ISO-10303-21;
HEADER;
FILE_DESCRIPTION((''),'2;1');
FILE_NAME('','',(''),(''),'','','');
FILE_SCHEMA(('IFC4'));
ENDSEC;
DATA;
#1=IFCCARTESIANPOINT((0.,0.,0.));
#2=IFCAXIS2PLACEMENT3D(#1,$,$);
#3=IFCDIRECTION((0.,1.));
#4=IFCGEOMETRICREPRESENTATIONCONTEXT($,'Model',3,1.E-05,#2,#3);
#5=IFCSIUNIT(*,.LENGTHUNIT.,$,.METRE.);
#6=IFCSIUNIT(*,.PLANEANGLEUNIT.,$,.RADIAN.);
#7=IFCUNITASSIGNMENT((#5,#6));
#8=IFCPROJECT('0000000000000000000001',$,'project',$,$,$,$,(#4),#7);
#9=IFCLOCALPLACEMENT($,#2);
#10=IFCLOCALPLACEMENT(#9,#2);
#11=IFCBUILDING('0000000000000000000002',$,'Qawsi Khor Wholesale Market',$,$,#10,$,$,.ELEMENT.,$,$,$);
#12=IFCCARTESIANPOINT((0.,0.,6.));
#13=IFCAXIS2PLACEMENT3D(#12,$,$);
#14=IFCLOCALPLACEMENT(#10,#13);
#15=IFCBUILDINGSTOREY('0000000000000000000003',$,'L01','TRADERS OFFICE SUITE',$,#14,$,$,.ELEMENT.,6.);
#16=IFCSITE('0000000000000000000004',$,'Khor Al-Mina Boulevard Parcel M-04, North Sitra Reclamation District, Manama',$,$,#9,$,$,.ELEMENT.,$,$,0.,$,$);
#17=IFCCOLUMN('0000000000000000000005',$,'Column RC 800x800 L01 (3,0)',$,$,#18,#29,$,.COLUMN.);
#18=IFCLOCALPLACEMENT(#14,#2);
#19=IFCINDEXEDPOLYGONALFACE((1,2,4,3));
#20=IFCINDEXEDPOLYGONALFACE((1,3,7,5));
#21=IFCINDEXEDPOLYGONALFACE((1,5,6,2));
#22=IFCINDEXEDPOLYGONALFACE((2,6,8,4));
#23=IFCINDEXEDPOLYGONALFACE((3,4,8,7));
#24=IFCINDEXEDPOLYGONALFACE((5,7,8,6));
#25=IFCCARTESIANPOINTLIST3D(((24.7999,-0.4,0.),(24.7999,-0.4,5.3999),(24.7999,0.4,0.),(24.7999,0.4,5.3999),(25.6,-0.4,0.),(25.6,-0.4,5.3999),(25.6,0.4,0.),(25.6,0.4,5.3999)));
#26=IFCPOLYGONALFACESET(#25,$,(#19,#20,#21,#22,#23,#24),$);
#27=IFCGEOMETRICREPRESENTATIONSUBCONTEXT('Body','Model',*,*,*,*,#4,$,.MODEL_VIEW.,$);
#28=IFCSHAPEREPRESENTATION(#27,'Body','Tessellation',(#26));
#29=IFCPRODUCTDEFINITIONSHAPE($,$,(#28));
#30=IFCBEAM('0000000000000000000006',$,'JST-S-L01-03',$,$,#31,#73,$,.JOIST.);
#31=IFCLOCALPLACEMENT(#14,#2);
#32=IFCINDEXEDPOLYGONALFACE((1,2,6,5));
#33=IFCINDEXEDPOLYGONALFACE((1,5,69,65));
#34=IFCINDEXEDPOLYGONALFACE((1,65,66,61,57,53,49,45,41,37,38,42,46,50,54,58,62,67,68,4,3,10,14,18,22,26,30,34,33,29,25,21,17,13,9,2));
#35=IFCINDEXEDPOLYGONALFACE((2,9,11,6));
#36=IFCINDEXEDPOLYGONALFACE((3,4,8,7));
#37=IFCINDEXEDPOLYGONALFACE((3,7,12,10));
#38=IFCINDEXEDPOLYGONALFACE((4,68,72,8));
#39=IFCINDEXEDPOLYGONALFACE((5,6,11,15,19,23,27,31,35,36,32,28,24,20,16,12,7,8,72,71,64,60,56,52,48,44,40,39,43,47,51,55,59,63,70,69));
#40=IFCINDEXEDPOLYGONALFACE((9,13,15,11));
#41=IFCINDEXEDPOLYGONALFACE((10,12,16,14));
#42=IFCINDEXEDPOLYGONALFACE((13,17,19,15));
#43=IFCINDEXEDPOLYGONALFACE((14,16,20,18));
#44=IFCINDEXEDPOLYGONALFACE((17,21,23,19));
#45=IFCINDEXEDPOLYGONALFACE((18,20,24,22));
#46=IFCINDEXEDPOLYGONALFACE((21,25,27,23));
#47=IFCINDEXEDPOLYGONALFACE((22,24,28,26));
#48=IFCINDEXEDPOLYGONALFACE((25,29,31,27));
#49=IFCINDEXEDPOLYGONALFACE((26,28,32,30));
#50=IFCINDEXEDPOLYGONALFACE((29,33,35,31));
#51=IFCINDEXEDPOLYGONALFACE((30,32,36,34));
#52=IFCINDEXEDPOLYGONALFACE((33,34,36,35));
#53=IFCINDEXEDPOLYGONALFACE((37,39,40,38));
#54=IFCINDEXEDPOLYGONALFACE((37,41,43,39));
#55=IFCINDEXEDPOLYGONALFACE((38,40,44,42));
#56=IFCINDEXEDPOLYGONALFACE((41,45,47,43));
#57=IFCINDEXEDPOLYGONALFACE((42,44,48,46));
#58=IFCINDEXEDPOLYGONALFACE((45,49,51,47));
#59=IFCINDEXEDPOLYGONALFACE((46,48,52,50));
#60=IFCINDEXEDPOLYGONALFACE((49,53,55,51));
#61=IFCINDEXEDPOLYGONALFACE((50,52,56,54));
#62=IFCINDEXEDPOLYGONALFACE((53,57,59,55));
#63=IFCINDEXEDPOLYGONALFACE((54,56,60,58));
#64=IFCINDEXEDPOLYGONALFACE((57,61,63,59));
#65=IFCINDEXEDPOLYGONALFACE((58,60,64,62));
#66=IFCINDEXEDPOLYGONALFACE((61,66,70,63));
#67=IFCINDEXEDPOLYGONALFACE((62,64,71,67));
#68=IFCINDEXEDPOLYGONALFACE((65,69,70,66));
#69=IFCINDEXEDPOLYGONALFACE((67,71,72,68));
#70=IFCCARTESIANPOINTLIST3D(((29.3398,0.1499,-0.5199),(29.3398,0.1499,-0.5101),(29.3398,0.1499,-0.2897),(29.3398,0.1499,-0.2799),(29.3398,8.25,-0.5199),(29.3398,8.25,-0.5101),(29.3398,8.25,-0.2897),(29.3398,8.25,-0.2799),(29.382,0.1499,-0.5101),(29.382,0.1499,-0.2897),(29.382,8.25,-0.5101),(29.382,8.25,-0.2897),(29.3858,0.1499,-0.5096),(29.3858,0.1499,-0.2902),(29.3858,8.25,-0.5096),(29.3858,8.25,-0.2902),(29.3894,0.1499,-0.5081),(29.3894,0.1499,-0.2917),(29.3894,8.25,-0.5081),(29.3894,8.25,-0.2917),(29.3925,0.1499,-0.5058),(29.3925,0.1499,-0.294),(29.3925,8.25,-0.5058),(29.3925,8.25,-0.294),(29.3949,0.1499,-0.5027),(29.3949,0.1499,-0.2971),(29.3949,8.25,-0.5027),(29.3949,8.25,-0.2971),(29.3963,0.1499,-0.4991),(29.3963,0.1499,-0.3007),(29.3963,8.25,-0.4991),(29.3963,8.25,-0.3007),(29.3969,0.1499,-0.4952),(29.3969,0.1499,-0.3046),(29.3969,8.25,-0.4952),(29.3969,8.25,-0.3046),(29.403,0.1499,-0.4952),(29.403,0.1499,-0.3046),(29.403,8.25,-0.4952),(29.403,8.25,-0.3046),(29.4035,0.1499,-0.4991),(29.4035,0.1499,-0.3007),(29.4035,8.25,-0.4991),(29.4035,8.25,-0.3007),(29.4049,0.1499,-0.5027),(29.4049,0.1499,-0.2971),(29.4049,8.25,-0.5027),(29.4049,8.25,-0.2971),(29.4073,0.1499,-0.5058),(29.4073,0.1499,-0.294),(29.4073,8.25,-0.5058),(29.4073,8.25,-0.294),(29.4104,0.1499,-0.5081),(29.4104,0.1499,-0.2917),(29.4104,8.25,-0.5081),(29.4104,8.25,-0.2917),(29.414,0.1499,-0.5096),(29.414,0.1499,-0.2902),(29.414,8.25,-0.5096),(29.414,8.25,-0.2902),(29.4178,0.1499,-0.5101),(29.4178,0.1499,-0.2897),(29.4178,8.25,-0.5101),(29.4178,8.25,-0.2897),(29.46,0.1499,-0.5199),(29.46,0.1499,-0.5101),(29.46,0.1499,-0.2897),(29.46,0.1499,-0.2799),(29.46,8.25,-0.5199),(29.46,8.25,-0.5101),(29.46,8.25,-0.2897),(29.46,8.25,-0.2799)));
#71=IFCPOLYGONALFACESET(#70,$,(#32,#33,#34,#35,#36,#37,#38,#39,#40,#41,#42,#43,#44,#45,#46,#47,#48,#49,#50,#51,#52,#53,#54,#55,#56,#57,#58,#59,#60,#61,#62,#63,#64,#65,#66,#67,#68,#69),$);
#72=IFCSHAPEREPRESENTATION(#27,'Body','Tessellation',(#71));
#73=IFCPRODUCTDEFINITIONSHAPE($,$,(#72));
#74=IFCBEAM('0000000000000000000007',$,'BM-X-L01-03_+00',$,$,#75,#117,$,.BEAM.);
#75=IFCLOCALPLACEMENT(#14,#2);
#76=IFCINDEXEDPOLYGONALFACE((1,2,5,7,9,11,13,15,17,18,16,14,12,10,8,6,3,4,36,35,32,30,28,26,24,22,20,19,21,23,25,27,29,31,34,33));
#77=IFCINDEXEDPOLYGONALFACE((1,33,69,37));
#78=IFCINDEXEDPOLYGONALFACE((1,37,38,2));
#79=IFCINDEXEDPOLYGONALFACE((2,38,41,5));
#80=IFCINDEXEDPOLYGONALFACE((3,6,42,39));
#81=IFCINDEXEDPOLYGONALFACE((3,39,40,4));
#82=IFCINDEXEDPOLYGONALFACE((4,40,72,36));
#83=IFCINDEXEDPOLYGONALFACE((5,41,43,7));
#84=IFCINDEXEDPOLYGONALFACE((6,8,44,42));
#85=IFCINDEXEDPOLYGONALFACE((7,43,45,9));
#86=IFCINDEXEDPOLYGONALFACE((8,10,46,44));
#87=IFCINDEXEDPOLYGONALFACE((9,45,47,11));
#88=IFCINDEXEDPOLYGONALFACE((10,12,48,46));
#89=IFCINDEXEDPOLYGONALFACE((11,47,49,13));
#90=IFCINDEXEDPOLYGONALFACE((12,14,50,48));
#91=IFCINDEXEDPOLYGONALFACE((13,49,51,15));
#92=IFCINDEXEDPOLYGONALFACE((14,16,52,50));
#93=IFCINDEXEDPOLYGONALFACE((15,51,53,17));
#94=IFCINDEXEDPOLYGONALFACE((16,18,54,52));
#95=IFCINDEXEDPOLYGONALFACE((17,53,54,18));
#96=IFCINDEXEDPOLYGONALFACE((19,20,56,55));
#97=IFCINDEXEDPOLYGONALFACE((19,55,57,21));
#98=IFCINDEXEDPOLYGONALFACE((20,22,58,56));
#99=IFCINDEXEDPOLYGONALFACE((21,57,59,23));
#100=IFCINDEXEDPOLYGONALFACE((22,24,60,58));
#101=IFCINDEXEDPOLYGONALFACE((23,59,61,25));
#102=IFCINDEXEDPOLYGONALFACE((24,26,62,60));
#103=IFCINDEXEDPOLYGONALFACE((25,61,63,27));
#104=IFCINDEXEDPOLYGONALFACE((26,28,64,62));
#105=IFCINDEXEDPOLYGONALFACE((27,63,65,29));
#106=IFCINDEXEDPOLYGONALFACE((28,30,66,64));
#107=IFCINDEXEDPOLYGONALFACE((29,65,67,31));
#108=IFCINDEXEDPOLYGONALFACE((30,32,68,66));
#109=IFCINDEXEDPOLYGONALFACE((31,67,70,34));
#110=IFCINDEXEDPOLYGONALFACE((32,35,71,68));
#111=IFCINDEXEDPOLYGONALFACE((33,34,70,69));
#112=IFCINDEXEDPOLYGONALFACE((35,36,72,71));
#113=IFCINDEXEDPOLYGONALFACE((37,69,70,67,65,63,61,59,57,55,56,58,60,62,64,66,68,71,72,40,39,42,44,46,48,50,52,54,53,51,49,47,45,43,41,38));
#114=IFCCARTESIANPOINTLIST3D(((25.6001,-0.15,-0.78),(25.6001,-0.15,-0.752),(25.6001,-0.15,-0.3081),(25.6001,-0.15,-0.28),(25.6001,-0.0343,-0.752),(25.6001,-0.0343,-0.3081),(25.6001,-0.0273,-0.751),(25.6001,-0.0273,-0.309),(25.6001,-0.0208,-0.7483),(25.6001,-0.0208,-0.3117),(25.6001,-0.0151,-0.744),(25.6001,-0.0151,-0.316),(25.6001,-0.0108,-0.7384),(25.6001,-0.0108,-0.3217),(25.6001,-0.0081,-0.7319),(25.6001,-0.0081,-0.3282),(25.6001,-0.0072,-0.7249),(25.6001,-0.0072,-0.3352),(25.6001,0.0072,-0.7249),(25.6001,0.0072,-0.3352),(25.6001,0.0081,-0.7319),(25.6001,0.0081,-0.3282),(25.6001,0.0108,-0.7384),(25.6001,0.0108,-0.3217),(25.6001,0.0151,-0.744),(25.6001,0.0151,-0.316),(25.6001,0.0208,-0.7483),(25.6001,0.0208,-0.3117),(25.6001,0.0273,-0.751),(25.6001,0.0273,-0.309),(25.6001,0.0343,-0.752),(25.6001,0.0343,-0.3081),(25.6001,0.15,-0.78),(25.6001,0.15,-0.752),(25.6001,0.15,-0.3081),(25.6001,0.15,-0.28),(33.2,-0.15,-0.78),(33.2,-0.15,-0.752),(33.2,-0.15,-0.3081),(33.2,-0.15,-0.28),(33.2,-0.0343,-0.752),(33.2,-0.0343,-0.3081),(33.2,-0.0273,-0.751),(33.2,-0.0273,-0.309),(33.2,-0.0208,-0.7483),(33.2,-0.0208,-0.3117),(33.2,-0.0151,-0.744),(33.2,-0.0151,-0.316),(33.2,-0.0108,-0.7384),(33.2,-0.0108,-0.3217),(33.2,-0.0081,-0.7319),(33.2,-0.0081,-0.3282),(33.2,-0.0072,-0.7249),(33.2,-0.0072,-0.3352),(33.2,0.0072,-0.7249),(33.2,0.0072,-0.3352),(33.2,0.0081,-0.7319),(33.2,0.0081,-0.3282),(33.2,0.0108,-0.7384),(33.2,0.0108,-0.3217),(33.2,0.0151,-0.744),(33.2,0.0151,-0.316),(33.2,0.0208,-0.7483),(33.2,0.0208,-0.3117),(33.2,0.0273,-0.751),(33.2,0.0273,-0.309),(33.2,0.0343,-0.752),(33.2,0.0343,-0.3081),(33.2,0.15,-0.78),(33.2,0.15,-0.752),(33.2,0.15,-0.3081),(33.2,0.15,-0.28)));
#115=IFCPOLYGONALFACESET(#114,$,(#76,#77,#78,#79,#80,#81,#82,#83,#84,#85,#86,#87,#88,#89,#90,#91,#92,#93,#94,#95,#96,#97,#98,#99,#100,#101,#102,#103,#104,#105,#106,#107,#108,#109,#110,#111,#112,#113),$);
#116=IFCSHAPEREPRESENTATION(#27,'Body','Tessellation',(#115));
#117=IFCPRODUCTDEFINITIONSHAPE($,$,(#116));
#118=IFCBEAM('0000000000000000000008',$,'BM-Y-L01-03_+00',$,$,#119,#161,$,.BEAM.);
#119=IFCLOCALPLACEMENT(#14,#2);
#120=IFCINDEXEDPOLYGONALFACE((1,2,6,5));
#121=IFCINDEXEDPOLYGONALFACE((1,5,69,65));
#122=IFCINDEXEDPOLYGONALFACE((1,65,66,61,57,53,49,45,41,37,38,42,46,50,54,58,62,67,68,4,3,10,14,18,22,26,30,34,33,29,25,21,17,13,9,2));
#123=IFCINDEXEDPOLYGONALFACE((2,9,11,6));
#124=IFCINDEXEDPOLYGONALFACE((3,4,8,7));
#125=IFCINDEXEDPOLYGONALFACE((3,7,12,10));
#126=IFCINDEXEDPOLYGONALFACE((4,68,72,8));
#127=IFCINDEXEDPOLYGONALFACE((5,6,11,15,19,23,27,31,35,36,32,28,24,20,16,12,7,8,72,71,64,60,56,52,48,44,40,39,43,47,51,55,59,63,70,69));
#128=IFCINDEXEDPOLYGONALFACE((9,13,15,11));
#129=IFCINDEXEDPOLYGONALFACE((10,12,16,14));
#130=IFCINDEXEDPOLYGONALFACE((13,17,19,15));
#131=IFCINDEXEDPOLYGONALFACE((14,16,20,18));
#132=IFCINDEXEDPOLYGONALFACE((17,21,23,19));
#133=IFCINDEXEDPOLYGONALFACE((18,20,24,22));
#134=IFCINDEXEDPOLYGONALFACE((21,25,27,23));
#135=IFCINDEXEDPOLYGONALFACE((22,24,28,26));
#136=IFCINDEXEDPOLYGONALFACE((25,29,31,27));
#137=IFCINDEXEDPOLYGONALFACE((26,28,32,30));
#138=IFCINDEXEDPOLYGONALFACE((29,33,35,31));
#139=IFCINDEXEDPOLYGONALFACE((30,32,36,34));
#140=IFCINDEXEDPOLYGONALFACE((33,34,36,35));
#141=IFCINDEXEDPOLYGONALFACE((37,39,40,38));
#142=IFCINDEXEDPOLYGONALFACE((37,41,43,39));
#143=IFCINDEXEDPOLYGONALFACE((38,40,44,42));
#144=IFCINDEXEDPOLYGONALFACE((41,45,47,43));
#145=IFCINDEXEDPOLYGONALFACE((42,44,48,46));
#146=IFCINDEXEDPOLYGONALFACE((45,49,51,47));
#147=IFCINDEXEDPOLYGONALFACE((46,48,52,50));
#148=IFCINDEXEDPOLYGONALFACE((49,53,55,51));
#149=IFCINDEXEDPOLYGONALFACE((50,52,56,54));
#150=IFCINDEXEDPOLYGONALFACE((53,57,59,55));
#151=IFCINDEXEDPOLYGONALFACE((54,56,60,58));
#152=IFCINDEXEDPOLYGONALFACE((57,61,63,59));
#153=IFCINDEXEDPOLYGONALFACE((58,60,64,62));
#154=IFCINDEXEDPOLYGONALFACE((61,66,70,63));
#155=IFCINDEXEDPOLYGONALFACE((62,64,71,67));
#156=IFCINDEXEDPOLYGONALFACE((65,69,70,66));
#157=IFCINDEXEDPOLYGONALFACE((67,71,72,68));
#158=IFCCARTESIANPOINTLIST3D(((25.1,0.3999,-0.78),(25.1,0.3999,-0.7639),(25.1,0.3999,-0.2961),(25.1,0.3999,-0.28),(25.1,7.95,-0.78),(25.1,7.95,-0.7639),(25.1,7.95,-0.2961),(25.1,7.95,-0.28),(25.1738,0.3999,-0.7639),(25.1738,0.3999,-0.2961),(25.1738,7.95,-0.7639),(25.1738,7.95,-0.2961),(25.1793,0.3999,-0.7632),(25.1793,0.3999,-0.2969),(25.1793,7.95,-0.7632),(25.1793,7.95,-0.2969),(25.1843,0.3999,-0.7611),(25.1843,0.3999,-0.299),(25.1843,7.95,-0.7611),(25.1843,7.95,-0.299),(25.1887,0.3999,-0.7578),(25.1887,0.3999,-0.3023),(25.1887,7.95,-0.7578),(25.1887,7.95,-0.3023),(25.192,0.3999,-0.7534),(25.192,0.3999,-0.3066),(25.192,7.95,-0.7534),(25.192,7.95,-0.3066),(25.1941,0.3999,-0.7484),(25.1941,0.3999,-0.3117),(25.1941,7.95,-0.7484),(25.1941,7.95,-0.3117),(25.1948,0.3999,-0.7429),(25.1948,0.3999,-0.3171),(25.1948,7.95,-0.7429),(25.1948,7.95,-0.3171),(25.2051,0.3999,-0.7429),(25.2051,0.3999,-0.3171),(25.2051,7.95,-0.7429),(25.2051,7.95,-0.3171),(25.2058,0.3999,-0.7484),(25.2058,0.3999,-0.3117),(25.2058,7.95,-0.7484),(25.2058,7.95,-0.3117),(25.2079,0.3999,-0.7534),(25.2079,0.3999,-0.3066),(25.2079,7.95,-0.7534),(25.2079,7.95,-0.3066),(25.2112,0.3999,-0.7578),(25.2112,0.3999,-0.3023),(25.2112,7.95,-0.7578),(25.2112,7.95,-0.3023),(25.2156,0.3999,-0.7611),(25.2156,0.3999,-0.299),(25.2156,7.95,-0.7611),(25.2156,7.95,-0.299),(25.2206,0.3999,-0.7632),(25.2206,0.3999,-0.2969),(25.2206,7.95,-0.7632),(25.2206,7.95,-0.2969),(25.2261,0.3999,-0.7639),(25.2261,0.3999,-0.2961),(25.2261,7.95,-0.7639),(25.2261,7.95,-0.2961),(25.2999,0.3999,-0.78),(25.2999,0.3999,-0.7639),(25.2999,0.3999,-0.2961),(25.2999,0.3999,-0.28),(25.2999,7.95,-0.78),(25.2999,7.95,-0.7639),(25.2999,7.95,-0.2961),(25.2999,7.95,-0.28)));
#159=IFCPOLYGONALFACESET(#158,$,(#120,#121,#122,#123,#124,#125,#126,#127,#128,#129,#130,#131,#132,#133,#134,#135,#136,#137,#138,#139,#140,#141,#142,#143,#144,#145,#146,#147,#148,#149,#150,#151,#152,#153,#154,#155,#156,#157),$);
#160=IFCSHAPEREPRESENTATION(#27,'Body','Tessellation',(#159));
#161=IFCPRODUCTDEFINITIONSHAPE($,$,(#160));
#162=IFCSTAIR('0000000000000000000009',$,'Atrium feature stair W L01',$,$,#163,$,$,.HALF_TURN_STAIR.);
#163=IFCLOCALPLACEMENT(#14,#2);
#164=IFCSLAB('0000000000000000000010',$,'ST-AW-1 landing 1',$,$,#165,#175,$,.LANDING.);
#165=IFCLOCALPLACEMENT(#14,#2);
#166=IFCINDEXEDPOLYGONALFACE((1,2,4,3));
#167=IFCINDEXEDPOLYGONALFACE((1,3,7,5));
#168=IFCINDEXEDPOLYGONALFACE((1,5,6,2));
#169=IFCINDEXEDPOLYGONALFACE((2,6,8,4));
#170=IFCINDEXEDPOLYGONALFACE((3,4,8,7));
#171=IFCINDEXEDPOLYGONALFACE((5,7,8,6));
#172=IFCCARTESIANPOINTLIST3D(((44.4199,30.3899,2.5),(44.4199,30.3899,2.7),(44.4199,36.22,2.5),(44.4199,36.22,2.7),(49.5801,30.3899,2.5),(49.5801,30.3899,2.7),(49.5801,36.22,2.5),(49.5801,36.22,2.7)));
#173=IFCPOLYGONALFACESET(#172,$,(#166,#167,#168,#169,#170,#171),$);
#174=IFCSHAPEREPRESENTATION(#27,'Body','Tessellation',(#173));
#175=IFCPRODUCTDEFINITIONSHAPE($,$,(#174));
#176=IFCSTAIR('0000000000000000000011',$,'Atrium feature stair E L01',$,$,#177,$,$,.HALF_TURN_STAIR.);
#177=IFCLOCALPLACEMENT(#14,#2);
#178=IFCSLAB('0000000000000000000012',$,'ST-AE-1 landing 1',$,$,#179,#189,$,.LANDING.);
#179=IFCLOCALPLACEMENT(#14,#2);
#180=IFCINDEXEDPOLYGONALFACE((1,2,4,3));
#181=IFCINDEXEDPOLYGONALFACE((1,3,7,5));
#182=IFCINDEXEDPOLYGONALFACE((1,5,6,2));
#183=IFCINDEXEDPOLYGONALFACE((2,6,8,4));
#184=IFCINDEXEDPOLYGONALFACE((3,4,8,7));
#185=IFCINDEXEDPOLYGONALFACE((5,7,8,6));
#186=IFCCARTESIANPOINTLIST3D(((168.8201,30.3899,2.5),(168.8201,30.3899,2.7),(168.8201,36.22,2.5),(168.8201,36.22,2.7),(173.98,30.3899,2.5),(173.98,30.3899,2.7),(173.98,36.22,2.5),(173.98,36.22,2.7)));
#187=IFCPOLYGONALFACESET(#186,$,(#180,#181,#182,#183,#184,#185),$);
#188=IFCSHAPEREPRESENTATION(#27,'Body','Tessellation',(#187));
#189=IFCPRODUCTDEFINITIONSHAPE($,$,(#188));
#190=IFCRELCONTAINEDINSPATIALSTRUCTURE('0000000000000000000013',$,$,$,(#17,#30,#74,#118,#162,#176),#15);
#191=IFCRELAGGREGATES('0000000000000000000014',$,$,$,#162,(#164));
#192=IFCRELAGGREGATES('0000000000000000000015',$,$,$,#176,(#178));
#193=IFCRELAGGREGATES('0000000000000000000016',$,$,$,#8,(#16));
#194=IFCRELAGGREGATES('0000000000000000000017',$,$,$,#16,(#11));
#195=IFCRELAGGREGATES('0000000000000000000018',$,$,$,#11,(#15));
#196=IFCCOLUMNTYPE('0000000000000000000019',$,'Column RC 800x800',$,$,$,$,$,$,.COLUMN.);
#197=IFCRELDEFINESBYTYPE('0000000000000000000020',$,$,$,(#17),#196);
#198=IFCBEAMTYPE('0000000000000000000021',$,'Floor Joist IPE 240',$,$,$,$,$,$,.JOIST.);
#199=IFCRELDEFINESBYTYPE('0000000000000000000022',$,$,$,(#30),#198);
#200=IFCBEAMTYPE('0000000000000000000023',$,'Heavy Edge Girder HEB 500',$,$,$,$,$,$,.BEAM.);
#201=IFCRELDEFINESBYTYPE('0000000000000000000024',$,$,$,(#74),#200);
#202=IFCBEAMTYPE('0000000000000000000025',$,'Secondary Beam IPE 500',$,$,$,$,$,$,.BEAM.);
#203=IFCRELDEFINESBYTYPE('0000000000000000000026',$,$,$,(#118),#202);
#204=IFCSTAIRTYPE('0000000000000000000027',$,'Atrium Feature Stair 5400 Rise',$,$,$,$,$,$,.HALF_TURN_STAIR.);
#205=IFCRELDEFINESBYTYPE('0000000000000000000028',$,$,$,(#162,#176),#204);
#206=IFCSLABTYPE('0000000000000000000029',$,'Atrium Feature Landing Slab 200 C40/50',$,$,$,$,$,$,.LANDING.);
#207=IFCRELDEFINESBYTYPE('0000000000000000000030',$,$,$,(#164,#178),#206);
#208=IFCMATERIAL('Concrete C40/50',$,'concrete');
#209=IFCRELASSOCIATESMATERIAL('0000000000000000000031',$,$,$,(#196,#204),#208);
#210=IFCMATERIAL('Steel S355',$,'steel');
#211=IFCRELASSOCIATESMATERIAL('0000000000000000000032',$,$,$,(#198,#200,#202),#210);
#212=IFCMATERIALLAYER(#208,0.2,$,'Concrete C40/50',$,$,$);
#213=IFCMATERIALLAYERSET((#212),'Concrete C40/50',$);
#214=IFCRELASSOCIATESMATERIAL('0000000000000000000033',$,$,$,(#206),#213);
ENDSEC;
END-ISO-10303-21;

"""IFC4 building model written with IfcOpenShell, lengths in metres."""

from ifc_helpers import new_model, si_unit, direction, frame, origin, origin_2d, place, context, subcontext, project, spatial, polyline, rectangle, i_section, outline, extrude, material, layer, layer_set, material_profile, profile_set, type_object, element, aggregate, save


model = new_model("IFC4")

# Units and contexts
model_context = context("Model", 3, precision=1e-05, world=origin(), true_north=direction((0.0, 1.0)))
body_context = subcontext(model_context, "Body", "Model", "MODEL_VIEW")
ifc_project = project(units=[si_unit("LENGTHUNIT", "METRE"), si_unit("PLANEANGLEUNIT", "RADIAN")], contexts=[model_context])

# Site, building, storey
site_placement = place(None, origin())
site = spatial("IfcSite", under=ifc_project, at=site_placement, Name="Khor Al-Mina Boulevard Parcel M-04, North Sitra Reclamation District, Manama", CompositionType="ELEMENT", RefElevation=0.0)
building_placement = place(site_placement, origin())
building = spatial("IfcBuilding", under=site, at=building_placement, Name="Qawsi Khor Wholesale Market", CompositionType="ELEMENT")
storey_placement = place(building_placement, frame((0.0, 0.0, 6.0)))
storey = spatial("IfcBuildingStorey", under=building, at=storey_placement, Name="L01", Description="TRADERS OFFICE SUITE", CompositionType="ELEMENT", Elevation=6.0)

# Column
ifc_material_1 = material(Name="Concrete C40/50", Category="concrete")
ifc_material_profile_1 = material_profile(ifc_material_1, rectangle(XDim=0.8, YDim=0.8, at=origin_2d()), Name="RC 800x800")
ifc_profile_set_1 = profile_set([ifc_material_profile_1], Name="Concrete C40/50")
column_type = type_object("IfcColumnType", Name="Column RC 800x800", PredefinedType="COLUMN", material=ifc_profile_set_1)
column_placement = place(storey_placement, frame((25.2, 0.0, 0.0), z_axis=(0.0, 0.0, 1.0), x_axis=(1.0, 0.0, 0.0)))
element("IfcColumn", 1, at=column_placement, inside=storey, type_object=column_type, Name="Column RC 800x800 L01 (3,0)", PredefinedType="COLUMN", context=body_context, shape_type="SweptSolid", body=[
    extrude(rectangle(XDim=0.8, YDim=0.8, at=origin_2d()), origin(), (0.0, 0.0, 1.0), 5.3999),
])

# Beams
ifc_material_2 = material(Name="Steel S355", Category="steel")
ifc_material_profile_2 = material_profile(ifc_material_2, i_section(OverallWidth=0.1201, OverallDepth=0.24, WebThickness=0.0061, FlangeThickness=0.0098, FilletRadius=0.0149, at=origin_2d()), Name="IPE 240")
ifc_profile_set_2 = profile_set([ifc_material_profile_2], Name="Steel S355")
beam_type_1 = type_object("IfcBeamType", Name="Floor Joist IPE 240", PredefinedType="JOIST", material=ifc_profile_set_2)
beam_1_placement = place(storey_placement, frame((29.3999, 0.1499, -0.3999), z_axis=(0.0, 1.0, 0.0), x_axis=(-1.0, 0.0, 0.0)))
element("IfcBeam", 2, at=beam_1_placement, inside=storey, type_object=beam_type_1, Name="JST-S-L01-03", PredefinedType="JOIST", context=body_context, shape_type="SweptSolid", body=[
    extrude(i_section(OverallWidth=0.1201, OverallDepth=0.24, WebThickness=0.0061, FlangeThickness=0.0098, FilletRadius=0.0149, at=origin_2d()), origin(), (0.0, 0.0, 1.0), 8.1001),
])
ifc_material_profile_3 = material_profile(ifc_material_2, i_section(OverallWidth=0.3, OverallDepth=0.5, WebThickness=0.0144, FlangeThickness=0.0281, FilletRadius=0.0271, at=origin_2d()), Name="HEB 500")
ifc_profile_set_3 = profile_set([ifc_material_profile_3], Name="Steel S355")
beam_type_2 = type_object("IfcBeamType", Name="Heavy Edge Girder HEB 500", PredefinedType="BEAM", material=ifc_profile_set_3)
beam_2_placement = place(storey_placement, frame((25.6001, 0.0, -0.53), z_axis=(1.0, 0.0, 0.0), x_axis=(0.0, 1.0, 0.0)))
element("IfcBeam", 3, at=beam_2_placement, inside=storey, type_object=beam_type_2, Name="BM-X-L01-03_+00", PredefinedType="BEAM", context=body_context, shape_type="SweptSolid", body=[
    extrude(i_section(OverallWidth=0.3, OverallDepth=0.5, WebThickness=0.0144, FlangeThickness=0.0281, FilletRadius=0.0271, at=origin_2d()), origin(), (0.0, 0.0, 1.0), 7.5999),
])
ifc_material_profile_4 = material_profile(ifc_material_2, i_section(OverallWidth=0.2, OverallDepth=0.5, WebThickness=0.0103, FlangeThickness=0.0161, FilletRadius=0.021, at=origin_2d()), Name="IPE 500")
ifc_profile_set_4 = profile_set([ifc_material_profile_4], Name="Steel S355")
beam_type_3 = type_object("IfcBeamType", Name="Secondary Beam IPE 500", PredefinedType="BEAM", material=ifc_profile_set_4)
beam_3_placement = place(storey_placement, frame((25.2, 0.3999, -0.53), z_axis=(0.0, 1.0, 0.0), x_axis=(-1.0, 0.0, 0.0)))
element("IfcBeam", 4, at=beam_3_placement, inside=storey, type_object=beam_type_3, Name="BM-Y-L01-03_+00", PredefinedType="BEAM", context=body_context, shape_type="SweptSolid", body=[
    extrude(i_section(OverallWidth=0.2, OverallDepth=0.5, WebThickness=0.0103, FlangeThickness=0.0161, FilletRadius=0.021, at=origin_2d()), origin(), (0.0, 0.0, 1.0), 7.55),
])

# Stairs, slabs
stair_type = type_object("IfcStairType", Name="Atrium Feature Stair 5400 Rise", PredefinedType="HALF_TURN_STAIR", material=ifc_material_1)
stair_1_placement = place(storey_placement, origin())
stair_1 = element("IfcStair", 5, at=stair_1_placement, inside=storey, type_object=stair_type, Name="Atrium feature stair W L01", PredefinedType="HALF_TURN_STAIR")
ifc_layer_1 = layer(ifc_material_1, 0.2, Name="Concrete C40/50")
ifc_layer_set_1 = layer_set([ifc_layer_1], Name="Concrete C40/50")
slab_type_1 = type_object("IfcSlabType", Name="Atrium Feature Landing Slab 200 C40/50", PredefinedType="LANDING", material=ifc_layer_set_1)
slab_1_placement = place(storey_placement, frame((0.0, 0.0, 2.5)))
slab_1 = element("IfcSlab", 6, at=slab_1_placement, type_object=slab_type_1, Name="ST-AW-1 landing 1", PredefinedType="LANDING", context=body_context, shape_type="SweptSolid", body=[
    extrude(outline(polyline([(44.4199, 30.3899), (49.5801, 30.3899), (49.5801, 36.22), (44.4199, 36.22), (44.4199, 30.3899)])), origin(), (0.0, 0.0, 1.0), 0.2),
])
aggregate(stair_1, [slab_1])
stair_2_placement = place(storey_placement, origin())
stair_2 = element("IfcStair", 7, at=stair_2_placement, inside=storey, type_object=stair_type, Name="Atrium feature stair E L01", PredefinedType="HALF_TURN_STAIR")
slab_2_placement = place(storey_placement, frame((0.0, 0.0, 2.5)))
slab_2 = element("IfcSlab", 8, at=slab_2_placement, type_object=slab_type_1, Name="ST-AE-1 landing 1", PredefinedType="LANDING", context=body_context, shape_type="SweptSolid", body=[
    extrude(outline(polyline([(168.8201, 30.3899), (173.98, 30.3899), (173.98, 36.22), (168.8201, 36.22), (168.8201, 30.3899)])), origin(), (0.0, 0.0, 1.0), 0.2),
])
aggregate(stair_2, [slab_2])

save(model, "model.ifc")
